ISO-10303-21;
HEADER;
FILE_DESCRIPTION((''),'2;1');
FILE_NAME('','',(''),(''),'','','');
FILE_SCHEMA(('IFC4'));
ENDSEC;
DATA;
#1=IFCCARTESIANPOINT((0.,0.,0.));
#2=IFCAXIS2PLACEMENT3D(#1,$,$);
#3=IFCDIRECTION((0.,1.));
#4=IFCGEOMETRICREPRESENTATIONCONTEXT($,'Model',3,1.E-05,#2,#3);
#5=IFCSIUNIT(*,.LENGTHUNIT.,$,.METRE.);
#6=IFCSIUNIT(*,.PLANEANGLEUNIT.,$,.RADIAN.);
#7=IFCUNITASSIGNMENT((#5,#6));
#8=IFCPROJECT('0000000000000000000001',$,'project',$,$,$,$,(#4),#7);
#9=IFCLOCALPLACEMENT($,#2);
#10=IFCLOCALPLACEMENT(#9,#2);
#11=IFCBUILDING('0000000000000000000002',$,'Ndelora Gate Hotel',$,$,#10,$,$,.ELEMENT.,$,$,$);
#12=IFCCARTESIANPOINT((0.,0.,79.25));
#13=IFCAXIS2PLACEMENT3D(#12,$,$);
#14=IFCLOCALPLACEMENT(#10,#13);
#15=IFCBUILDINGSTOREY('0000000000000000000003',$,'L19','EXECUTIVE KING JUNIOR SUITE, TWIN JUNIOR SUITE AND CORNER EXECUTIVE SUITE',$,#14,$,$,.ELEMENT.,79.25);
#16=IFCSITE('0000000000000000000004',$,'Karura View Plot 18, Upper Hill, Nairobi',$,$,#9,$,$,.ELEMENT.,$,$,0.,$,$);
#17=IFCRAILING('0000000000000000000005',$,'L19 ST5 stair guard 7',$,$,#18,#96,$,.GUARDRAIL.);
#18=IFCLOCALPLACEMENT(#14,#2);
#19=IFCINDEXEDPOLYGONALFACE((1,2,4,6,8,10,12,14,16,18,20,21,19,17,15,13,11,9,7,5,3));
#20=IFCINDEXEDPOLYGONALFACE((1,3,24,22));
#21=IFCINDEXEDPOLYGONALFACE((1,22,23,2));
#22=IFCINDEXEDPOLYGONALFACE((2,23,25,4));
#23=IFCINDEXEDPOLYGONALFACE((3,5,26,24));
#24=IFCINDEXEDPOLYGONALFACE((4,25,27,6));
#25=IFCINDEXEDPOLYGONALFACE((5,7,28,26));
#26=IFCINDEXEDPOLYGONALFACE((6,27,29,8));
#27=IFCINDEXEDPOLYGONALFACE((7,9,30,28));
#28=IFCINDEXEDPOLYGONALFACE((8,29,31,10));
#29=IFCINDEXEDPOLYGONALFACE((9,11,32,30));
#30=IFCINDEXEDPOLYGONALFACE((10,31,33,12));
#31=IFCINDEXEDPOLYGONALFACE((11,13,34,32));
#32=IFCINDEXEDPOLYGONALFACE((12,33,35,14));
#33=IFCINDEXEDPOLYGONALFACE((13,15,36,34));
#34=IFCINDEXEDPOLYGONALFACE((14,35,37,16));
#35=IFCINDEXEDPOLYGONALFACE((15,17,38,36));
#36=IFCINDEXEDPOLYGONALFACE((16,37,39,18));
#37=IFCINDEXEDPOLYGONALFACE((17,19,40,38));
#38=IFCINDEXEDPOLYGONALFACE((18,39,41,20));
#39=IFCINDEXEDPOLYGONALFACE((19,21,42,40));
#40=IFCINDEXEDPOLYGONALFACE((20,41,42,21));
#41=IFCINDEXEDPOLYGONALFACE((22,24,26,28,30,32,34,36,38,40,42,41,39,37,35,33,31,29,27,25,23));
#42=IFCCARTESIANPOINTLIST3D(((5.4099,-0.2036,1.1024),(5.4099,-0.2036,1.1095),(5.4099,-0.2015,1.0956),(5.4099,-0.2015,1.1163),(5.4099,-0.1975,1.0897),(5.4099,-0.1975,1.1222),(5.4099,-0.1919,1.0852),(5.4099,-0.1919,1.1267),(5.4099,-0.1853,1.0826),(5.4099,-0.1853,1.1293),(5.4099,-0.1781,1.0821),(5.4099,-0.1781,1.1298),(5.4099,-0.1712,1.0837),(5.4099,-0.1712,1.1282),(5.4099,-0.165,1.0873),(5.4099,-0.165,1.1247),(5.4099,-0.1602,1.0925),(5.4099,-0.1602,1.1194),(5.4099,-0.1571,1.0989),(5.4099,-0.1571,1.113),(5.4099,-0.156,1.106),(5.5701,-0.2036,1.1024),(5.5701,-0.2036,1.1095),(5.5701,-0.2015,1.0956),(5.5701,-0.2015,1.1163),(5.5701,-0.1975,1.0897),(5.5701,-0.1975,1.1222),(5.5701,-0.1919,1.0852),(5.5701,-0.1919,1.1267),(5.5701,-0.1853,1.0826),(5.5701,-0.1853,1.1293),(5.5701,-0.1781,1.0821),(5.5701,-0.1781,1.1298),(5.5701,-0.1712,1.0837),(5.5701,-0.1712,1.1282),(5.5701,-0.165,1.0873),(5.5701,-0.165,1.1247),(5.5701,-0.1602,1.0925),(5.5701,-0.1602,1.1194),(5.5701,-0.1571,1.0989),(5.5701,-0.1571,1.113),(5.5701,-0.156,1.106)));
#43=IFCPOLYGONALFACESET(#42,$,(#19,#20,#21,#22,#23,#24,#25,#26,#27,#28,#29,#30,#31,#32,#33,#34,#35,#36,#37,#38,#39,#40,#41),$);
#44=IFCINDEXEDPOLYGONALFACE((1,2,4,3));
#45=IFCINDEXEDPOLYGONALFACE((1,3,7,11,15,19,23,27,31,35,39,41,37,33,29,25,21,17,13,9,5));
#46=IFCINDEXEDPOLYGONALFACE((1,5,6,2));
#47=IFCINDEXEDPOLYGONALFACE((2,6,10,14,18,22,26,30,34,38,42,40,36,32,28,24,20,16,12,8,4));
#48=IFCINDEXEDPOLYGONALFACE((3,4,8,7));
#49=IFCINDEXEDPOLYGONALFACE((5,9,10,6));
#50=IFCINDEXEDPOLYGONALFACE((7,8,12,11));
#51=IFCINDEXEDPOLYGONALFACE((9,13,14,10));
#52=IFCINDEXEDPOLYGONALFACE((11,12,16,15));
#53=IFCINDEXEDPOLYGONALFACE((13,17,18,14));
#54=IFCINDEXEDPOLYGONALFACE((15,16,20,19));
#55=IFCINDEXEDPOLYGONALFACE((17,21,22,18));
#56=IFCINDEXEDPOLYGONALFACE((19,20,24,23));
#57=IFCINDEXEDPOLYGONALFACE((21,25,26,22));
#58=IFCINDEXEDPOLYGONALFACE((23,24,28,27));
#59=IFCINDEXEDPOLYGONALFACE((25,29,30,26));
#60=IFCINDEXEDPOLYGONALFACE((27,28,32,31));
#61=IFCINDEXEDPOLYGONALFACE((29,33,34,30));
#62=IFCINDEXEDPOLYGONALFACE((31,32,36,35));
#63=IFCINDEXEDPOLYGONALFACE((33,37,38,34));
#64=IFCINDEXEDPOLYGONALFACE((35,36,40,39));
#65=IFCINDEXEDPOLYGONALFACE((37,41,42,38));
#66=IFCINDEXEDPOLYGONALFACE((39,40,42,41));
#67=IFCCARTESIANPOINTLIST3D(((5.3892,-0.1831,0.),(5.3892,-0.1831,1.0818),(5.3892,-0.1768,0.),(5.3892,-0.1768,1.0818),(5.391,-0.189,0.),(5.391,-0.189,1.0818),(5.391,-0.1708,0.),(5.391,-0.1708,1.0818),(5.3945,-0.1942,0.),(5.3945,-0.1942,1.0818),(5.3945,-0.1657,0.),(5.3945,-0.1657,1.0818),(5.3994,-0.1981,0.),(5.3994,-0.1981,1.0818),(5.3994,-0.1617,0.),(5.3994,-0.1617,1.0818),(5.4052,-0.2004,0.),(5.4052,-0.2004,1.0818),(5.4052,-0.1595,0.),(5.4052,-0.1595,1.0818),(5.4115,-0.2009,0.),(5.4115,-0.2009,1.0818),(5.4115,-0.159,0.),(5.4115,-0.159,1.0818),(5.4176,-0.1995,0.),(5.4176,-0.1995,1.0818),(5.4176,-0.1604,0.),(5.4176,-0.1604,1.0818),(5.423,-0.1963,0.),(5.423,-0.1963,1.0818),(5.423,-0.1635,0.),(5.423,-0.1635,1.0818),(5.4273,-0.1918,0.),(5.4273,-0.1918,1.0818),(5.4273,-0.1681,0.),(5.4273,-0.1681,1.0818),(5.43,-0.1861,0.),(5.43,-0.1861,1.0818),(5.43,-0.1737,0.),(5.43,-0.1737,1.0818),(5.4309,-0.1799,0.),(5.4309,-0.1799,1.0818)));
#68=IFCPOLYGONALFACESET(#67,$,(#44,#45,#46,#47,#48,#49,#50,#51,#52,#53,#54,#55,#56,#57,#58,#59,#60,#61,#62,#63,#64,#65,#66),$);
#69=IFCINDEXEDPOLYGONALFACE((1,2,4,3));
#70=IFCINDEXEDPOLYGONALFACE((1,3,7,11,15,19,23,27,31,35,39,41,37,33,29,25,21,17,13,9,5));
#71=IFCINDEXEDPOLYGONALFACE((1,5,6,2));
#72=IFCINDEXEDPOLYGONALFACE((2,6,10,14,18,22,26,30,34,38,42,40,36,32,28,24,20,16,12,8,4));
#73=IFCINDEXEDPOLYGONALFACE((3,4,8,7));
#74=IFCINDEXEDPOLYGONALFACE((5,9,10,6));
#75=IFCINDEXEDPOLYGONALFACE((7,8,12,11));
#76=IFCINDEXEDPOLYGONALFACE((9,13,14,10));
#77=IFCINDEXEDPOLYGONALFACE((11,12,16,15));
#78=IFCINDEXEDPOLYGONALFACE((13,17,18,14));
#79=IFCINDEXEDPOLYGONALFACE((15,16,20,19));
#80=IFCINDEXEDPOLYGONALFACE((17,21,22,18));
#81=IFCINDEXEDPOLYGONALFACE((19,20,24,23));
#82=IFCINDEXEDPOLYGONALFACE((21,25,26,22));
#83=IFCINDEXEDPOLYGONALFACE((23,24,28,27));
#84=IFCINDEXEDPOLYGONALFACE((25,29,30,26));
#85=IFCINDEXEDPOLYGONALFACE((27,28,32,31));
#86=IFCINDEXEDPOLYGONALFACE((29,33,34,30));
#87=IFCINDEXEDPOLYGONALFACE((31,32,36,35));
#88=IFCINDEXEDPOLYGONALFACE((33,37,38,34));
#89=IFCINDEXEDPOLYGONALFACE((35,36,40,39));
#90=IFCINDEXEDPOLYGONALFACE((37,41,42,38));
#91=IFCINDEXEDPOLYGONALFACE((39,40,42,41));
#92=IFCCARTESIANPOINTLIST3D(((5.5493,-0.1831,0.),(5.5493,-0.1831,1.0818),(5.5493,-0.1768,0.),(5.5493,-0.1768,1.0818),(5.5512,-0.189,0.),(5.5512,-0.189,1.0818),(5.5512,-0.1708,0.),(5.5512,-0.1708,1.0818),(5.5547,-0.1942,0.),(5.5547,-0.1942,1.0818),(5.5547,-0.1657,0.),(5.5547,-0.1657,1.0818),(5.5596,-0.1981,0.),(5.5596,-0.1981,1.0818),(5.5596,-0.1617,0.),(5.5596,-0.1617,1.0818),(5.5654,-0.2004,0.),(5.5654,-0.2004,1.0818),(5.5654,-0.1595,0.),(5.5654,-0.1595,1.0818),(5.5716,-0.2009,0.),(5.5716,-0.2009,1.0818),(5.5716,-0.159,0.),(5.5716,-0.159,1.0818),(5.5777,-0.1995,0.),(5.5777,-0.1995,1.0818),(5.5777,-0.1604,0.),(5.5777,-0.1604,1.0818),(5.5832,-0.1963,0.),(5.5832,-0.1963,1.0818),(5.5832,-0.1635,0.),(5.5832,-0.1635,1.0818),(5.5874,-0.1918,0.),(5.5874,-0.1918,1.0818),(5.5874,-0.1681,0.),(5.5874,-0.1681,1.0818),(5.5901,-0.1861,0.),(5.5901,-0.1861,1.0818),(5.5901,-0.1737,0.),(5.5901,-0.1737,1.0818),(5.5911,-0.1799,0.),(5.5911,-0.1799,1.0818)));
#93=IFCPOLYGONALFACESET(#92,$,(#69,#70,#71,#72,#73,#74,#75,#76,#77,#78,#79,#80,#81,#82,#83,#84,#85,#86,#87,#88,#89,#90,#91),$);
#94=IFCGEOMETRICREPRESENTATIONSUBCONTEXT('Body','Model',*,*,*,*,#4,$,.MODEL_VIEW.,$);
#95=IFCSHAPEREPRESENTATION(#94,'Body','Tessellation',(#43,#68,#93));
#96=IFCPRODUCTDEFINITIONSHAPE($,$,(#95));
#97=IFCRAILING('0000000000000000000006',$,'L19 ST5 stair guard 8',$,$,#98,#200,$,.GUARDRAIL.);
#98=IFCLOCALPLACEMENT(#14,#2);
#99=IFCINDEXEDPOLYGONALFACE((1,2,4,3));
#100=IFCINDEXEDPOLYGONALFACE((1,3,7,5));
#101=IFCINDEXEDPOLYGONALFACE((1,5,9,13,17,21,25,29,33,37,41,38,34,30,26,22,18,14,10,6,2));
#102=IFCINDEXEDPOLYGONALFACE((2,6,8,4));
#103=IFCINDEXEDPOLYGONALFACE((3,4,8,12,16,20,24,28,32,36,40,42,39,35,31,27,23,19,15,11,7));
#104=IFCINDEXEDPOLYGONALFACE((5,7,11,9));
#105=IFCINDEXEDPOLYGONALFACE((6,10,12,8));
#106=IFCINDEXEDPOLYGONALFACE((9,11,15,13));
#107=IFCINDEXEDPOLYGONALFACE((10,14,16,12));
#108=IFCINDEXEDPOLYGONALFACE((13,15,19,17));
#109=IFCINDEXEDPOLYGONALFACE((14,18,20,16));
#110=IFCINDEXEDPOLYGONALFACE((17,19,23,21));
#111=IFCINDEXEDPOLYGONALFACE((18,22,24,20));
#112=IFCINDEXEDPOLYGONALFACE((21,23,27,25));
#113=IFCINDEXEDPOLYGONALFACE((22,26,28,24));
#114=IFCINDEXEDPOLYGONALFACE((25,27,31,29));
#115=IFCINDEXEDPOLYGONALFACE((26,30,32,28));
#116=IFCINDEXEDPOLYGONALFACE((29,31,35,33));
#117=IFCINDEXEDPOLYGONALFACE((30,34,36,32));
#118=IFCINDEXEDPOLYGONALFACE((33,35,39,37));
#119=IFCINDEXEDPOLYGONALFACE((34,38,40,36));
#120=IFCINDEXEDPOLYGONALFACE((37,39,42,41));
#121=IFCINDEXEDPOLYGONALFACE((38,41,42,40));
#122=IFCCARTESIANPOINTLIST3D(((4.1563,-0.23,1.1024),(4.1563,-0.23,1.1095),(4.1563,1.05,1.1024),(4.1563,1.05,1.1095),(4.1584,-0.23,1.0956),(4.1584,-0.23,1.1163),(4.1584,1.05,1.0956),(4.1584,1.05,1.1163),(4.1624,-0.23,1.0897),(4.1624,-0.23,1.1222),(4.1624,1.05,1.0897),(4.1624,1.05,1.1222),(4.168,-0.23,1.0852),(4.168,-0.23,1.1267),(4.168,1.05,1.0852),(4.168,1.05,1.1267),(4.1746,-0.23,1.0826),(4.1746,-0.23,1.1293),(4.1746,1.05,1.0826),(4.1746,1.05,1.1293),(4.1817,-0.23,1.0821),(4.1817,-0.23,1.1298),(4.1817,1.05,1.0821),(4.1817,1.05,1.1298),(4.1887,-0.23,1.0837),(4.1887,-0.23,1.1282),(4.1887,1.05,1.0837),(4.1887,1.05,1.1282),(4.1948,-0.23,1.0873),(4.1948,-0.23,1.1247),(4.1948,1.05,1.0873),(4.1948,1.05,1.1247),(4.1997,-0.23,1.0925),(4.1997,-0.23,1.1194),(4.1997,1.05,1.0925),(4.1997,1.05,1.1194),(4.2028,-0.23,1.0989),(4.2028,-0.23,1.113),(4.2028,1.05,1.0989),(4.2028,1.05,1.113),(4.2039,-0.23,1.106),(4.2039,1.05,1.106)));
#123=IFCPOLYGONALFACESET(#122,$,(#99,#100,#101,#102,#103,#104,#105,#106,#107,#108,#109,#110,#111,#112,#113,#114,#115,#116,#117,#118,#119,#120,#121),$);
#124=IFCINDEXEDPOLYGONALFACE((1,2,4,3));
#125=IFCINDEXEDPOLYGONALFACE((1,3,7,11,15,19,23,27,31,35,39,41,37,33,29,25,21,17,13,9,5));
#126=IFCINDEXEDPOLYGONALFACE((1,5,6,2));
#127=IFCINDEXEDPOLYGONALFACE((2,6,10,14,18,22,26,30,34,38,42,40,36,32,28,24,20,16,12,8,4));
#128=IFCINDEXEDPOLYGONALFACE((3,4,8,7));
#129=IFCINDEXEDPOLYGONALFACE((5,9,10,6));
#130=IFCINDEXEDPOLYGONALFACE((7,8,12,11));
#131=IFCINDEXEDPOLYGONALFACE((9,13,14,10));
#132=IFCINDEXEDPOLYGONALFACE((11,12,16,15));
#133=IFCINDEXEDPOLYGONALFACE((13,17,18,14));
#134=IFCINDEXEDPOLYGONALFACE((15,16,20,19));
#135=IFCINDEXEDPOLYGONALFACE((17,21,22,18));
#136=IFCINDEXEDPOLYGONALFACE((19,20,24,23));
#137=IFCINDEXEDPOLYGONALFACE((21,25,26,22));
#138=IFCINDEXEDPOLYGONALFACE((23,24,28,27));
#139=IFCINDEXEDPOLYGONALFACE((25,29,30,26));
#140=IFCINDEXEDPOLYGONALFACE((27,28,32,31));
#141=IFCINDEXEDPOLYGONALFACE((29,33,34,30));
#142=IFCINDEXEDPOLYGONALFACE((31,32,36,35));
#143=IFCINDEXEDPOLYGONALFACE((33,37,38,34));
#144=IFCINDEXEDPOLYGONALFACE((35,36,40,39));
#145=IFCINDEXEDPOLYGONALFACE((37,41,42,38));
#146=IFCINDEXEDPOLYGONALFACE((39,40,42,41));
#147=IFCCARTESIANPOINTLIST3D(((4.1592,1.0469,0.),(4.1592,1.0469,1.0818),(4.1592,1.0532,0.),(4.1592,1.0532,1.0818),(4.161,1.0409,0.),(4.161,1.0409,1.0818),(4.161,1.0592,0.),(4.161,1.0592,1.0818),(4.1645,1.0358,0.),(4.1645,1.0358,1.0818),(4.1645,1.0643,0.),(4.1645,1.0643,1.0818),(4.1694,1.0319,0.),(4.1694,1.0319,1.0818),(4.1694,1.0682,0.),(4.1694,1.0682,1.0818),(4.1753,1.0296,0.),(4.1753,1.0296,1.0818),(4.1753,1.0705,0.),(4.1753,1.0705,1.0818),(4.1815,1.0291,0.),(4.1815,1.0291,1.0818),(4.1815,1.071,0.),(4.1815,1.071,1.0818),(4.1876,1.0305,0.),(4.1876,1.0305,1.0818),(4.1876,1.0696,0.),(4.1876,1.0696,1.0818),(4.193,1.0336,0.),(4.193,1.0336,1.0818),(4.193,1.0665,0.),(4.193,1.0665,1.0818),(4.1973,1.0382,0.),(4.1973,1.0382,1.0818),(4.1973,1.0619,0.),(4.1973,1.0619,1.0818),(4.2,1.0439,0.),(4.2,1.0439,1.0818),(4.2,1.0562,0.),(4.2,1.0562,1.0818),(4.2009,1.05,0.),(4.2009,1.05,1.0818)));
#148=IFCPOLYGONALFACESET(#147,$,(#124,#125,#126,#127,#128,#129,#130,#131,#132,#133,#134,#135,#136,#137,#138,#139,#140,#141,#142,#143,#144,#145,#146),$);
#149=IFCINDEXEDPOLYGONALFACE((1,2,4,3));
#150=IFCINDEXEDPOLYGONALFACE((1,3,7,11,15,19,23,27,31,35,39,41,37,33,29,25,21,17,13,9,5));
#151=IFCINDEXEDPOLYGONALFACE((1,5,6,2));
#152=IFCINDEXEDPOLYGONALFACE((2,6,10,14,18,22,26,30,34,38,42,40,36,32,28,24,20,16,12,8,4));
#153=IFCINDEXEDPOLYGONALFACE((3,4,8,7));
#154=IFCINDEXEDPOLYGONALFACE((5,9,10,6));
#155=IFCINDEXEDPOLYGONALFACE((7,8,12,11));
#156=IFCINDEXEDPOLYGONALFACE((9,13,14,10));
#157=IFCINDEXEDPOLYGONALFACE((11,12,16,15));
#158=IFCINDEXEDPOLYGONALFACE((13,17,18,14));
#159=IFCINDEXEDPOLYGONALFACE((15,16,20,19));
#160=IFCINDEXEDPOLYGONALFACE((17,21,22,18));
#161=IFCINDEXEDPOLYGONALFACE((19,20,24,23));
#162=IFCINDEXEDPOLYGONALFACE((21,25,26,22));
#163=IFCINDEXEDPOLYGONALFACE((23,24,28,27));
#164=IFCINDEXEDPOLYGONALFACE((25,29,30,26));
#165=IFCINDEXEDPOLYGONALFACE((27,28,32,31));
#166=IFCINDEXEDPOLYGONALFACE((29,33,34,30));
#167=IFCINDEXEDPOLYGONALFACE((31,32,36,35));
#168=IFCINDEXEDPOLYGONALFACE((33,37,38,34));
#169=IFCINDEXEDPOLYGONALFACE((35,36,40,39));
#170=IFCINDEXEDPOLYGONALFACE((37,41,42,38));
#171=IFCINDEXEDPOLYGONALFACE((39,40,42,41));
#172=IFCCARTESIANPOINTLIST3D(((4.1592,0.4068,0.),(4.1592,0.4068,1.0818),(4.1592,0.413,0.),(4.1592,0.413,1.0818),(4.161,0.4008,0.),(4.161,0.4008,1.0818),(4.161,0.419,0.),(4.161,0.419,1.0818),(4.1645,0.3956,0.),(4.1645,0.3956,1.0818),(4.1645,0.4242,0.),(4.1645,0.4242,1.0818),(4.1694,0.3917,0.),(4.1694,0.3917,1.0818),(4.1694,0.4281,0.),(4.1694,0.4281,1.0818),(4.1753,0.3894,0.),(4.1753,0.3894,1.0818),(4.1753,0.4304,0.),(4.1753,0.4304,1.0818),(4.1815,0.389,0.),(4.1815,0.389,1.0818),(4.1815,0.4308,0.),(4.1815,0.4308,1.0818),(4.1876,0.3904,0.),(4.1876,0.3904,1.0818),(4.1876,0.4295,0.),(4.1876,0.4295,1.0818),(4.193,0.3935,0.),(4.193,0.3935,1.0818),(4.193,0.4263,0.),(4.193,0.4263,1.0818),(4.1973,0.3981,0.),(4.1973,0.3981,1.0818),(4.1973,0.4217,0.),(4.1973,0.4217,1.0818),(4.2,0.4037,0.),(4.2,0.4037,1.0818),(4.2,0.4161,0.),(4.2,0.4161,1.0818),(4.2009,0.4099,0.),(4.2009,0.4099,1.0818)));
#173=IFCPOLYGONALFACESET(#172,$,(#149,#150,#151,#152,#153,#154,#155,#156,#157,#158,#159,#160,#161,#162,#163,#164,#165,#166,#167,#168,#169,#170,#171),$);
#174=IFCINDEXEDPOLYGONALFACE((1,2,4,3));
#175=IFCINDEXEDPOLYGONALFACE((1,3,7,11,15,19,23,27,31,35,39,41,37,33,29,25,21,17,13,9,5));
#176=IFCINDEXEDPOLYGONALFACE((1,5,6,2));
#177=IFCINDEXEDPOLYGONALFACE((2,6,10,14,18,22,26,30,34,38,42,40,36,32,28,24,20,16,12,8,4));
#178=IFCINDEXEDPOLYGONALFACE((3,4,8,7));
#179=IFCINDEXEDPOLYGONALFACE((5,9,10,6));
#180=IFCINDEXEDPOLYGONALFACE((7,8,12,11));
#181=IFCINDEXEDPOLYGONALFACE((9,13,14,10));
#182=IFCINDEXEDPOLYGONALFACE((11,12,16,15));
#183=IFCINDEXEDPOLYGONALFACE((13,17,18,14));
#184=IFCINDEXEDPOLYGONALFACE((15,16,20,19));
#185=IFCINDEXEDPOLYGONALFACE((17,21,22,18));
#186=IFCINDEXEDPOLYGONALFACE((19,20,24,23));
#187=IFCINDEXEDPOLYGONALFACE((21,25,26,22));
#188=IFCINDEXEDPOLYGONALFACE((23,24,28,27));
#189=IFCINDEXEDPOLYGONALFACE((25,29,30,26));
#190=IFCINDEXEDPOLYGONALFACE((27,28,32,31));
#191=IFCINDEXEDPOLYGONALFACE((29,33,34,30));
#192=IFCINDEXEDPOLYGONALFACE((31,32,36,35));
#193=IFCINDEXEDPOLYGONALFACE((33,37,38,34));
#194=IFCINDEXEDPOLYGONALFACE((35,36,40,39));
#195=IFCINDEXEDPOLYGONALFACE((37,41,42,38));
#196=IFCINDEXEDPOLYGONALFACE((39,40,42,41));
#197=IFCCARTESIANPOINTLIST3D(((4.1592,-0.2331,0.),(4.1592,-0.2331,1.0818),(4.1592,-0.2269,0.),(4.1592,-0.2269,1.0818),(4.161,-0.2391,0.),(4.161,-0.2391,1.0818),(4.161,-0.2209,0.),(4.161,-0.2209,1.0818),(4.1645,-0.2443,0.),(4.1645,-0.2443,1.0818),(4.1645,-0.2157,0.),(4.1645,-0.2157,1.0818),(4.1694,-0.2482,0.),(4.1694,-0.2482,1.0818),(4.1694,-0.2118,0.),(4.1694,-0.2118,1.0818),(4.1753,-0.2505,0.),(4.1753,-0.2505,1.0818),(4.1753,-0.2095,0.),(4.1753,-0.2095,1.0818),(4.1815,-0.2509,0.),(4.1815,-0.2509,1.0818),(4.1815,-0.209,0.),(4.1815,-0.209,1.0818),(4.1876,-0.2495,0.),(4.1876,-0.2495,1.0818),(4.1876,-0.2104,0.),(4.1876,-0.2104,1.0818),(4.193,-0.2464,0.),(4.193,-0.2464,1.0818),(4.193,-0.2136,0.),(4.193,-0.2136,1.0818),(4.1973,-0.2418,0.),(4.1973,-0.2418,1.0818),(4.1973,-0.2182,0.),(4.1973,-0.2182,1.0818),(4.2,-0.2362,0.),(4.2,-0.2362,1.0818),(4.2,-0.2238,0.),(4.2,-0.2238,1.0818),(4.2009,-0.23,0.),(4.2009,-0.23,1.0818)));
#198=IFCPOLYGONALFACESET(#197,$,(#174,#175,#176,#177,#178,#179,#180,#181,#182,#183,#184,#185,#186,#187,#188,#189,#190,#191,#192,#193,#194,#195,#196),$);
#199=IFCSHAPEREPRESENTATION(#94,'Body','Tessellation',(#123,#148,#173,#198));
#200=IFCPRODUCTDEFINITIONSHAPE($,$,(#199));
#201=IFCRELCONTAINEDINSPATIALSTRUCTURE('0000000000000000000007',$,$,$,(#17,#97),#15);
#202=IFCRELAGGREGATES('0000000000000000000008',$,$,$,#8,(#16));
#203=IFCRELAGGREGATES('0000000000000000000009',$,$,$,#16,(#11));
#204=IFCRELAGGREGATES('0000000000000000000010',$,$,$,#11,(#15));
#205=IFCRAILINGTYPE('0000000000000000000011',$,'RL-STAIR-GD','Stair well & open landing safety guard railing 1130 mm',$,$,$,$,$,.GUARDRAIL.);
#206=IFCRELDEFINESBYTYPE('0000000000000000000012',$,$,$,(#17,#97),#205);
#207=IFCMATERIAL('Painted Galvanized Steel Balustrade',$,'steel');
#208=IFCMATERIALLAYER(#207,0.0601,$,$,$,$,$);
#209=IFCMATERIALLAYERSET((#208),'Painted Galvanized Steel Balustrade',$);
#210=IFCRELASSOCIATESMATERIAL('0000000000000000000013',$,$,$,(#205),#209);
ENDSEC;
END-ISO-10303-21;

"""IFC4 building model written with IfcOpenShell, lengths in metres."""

from ifc_helpers import new_model, si_unit, direction, frame, origin, origin_2d, place, context, subcontext, project, spatial, circle, extrude, material, layer, layer_set, type_object, element, save


model = new_model("IFC4")

# Units and contexts
model_context = context("Model", 3, precision=1e-05, world=origin(), true_north=direction((0.0, 1.0)))
body_context = subcontext(model_context, "Body", "Model", "MODEL_VIEW")
ifc_project = project(units=[si_unit("LENGTHUNIT", "METRE"), si_unit("PLANEANGLEUNIT", "RADIAN")], contexts=[model_context])

# Site, building, storey
site_placement = place(None, origin())
site = spatial("IfcSite", under=ifc_project, at=site_placement, Name="Karura View Plot 18, Upper Hill, Nairobi", CompositionType="ELEMENT", RefElevation=0.0)
building_placement = place(site_placement, origin())
building = spatial("IfcBuilding", under=site, at=building_placement, Name="Ndelora Gate Hotel", CompositionType="ELEMENT")
storey_placement = place(building_placement, frame((0.0, 0.0, 79.25)))
storey = spatial("IfcBuildingStorey", under=building, at=storey_placement, Name="L19", Description="EXECUTIVE KING JUNIOR SUITE, TWIN JUNIOR SUITE AND CORNER EXECUTIVE SUITE", CompositionType="ELEMENT", Elevation=79.25)

# Railings
ifc_material_1 = material(Name="Painted Galvanized Steel Balustrade", Category="steel")
ifc_layer_1 = layer(ifc_material_1, 0.0601)
ifc_layer_set_1 = layer_set([ifc_layer_1], Name="Painted Galvanized Steel Balustrade")
railing_type_1 = type_object("IfcRailingType", Name="RL-STAIR-GD", Description="Stair well & open landing safety guard railing 1130 mm", PredefinedType="GUARDRAIL", material=ifc_layer_set_1)
railing_1_placement = place(storey_placement, frame((5.4099, -0.1799, 0.0)))
element("IfcRailing", 1, at=railing_1_placement, inside=storey, type_object=railing_type_1, Name="L19 ST5 stair guard 7", PredefinedType="GUARDRAIL", context=body_context, shape_type="SweptSolid", body=[
    extrude(circle(Radius=0.0239, at=origin_2d()), frame((0.0, 0.0, 1.106), z_axis=(1.0, 0.0, 0.0), x_axis=(0.0, 1.0, 0.0)), (0.0, 0.0, 1.0), 0.1602),
    extrude(circle(Radius=0.021, at=origin_2d()), origin(), (0.0, 0.0, 1.0), 1.0818),
    extrude(circle(Radius=0.021, at=origin_2d()), frame((0.1602, 0.0, 0.0)), (0.0, 0.0, 1.0), 1.0818),
])
railing_2_placement = place(storey_placement, frame((4.1799, 1.05, 0.0)))
element("IfcRailing", 2, at=railing_2_placement, inside=storey, type_object=railing_type_1, Name="L19 ST5 stair guard 8", PredefinedType="GUARDRAIL", context=body_context, shape_type="SweptSolid", body=[
    extrude(circle(Radius=0.0239, at=origin_2d()), frame((0.0, 0.0, 1.106), z_axis=(0.0, -1.0, 0.0), x_axis=(1.0, 0.0, 0.0)), (0.0, 0.0, 1.0), 1.28),
    extrude(circle(Radius=0.021, at=origin_2d()), origin(), (0.0, 0.0, 1.0), 1.0818),
    extrude(circle(Radius=0.021, at=origin_2d()), frame((0.0, -0.6401, 0.0)), (0.0, 0.0, 1.0), 1.0818),
    extrude(circle(Radius=0.021, at=origin_2d()), frame((0.0, -1.28, 0.0)), (0.0, 0.0, 1.0), 1.0818),
])

save(model, "model.ifc")
